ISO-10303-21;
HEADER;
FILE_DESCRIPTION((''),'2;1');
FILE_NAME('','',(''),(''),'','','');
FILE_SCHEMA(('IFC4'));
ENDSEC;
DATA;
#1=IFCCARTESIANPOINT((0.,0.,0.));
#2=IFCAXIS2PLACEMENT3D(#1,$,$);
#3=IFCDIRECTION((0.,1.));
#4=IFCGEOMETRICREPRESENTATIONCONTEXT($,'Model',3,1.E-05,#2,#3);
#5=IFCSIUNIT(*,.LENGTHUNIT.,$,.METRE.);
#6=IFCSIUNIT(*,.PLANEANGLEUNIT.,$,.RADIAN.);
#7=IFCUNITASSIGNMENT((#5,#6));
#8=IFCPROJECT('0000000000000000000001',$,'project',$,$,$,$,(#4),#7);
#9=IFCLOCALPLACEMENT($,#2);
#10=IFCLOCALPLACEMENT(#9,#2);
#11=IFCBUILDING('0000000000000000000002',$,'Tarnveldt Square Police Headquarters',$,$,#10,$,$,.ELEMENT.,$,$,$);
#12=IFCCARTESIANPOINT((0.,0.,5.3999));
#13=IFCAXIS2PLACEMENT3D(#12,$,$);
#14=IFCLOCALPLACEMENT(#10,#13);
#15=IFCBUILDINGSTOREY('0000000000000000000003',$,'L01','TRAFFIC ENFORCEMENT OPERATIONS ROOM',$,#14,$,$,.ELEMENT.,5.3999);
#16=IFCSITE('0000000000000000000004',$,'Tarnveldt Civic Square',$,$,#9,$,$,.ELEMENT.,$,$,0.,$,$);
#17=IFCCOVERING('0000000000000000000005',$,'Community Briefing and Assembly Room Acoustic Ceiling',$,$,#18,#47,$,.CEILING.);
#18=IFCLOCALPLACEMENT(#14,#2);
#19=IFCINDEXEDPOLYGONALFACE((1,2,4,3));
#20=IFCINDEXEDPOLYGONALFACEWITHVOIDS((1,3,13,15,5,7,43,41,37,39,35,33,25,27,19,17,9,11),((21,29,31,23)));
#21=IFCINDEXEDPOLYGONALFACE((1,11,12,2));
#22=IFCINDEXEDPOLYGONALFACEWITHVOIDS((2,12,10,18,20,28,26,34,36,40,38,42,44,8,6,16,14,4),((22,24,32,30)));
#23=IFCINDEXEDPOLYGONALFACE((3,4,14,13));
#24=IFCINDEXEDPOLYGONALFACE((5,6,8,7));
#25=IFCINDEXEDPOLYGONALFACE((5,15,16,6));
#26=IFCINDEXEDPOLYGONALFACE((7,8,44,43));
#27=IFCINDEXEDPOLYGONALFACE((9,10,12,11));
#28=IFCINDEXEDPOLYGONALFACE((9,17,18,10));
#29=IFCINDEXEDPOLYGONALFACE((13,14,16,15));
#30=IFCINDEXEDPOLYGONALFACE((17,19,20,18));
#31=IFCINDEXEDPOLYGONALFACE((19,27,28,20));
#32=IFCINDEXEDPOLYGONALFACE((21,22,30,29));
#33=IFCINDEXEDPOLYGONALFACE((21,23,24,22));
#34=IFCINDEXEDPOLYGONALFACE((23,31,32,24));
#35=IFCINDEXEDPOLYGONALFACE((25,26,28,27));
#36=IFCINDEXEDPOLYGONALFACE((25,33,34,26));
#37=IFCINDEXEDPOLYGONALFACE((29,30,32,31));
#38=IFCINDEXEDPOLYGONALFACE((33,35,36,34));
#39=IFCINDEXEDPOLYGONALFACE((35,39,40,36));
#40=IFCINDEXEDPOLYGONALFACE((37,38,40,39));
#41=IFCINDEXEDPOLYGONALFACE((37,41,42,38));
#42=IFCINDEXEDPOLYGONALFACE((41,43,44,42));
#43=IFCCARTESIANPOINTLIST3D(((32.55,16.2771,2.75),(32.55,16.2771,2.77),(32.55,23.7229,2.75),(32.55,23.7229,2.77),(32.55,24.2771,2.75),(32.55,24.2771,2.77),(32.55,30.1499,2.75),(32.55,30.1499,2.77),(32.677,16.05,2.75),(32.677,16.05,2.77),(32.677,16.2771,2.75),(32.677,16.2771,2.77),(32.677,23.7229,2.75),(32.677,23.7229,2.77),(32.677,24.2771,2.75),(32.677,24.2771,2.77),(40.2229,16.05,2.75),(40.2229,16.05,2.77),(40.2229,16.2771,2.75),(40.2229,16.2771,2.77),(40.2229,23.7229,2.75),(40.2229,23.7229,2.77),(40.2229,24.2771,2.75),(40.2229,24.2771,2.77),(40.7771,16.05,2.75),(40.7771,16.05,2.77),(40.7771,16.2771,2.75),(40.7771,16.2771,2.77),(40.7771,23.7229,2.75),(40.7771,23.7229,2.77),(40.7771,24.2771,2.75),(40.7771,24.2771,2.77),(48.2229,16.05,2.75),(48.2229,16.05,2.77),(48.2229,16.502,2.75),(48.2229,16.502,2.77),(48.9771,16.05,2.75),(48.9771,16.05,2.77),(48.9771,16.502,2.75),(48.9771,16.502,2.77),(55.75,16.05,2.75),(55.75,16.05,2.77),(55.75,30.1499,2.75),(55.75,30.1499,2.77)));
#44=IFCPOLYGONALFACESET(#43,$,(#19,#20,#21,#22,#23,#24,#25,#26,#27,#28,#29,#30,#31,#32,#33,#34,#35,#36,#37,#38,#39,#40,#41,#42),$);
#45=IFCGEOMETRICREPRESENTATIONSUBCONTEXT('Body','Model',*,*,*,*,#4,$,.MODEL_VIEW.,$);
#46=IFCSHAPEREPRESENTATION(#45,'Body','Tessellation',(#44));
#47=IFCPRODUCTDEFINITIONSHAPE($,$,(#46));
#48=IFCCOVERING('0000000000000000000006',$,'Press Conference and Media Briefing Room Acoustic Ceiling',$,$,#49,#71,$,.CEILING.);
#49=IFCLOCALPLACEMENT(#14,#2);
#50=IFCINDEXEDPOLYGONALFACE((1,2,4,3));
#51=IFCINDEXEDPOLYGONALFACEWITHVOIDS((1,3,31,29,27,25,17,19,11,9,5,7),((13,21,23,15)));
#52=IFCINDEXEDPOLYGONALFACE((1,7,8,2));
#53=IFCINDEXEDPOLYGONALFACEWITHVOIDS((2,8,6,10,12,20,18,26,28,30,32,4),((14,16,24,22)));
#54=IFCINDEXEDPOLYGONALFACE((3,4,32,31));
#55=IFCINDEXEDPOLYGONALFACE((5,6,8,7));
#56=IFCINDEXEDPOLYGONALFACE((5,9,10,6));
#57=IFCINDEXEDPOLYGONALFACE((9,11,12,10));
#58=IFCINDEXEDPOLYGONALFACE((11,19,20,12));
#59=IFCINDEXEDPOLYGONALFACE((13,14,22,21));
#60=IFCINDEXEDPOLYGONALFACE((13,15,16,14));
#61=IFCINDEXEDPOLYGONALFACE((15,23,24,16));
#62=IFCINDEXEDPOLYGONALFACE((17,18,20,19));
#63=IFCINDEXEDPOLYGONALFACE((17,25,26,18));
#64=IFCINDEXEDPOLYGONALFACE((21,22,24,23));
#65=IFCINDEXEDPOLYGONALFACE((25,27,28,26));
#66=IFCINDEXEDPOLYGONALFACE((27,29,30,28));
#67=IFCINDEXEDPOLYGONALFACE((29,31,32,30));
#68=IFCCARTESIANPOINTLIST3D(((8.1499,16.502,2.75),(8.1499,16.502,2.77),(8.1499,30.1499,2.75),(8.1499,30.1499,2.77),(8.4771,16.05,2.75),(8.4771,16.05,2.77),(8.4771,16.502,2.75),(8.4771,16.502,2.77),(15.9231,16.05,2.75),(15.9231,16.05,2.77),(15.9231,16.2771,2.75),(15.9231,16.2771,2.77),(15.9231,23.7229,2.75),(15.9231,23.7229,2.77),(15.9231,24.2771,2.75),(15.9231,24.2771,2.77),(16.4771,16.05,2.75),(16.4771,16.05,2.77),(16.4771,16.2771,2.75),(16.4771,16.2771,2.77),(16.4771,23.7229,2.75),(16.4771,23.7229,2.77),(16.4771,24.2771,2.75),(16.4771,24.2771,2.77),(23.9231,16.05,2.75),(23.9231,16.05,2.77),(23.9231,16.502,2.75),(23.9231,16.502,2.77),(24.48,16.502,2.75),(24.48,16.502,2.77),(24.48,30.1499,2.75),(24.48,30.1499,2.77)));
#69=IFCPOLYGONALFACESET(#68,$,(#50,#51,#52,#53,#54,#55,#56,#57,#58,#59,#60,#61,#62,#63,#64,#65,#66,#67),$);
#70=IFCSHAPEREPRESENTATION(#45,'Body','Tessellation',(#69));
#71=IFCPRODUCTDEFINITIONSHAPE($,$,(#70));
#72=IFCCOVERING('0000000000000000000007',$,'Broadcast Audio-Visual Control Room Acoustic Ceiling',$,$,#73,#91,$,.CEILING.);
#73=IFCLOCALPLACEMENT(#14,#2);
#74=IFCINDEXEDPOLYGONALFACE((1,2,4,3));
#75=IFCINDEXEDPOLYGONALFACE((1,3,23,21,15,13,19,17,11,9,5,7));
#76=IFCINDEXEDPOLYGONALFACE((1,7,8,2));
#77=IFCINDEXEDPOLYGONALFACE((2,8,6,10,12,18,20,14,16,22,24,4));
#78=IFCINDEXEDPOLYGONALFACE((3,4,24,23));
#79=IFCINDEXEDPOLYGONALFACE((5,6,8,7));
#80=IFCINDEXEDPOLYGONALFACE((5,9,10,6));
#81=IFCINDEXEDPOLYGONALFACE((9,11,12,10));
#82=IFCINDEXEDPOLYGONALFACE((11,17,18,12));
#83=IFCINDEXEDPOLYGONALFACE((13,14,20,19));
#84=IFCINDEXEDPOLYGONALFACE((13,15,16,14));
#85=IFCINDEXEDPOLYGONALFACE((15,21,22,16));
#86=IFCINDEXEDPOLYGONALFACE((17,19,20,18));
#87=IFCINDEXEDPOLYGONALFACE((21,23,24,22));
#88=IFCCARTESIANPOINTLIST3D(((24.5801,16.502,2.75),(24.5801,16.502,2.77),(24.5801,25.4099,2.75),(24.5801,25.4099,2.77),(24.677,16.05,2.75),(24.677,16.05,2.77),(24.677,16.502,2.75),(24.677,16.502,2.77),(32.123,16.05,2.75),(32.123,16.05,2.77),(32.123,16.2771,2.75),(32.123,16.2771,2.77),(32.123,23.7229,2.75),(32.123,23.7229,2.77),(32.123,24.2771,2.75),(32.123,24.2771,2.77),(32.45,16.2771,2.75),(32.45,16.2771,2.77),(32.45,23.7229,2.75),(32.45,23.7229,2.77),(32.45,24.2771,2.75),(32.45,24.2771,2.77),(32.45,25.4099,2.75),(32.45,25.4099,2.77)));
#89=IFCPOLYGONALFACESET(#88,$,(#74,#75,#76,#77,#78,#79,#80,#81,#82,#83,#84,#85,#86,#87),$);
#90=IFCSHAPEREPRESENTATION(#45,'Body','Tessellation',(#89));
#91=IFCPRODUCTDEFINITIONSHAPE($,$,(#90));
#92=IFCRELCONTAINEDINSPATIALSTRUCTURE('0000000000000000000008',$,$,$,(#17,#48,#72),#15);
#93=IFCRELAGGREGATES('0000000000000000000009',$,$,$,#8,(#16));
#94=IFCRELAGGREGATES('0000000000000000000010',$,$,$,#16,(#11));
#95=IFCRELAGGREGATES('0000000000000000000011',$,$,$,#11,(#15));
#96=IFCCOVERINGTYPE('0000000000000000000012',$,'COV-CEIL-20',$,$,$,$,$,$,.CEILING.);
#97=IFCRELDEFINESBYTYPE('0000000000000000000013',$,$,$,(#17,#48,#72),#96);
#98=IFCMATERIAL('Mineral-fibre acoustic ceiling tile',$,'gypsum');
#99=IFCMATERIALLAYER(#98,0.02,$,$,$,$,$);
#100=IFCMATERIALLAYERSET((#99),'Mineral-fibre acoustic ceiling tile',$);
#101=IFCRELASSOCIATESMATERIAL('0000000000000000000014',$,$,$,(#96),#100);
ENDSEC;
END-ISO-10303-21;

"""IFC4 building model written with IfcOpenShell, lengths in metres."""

from ifc_helpers import new_model, si_unit, direction, frame, origin, place, context, subcontext, project, spatial, polyline, outline, extrude, material, layer, layer_set, type_object, element, save


model = new_model("IFC4")

# Units and contexts
model_context = context("Model", 3, precision=1e-05, world=origin(), true_north=direction((0.0, 1.0)))
body_context = subcontext(model_context, "Body", "Model", "MODEL_VIEW")
ifc_project = project(units=[si_unit("LENGTHUNIT", "METRE"), si_unit("PLANEANGLEUNIT", "RADIAN")], contexts=[model_context])

# Site, building, storey
site_placement = place(None, origin())
site = spatial("IfcSite", under=ifc_project, at=site_placement, Name="Tarnveldt Civic Square", CompositionType="ELEMENT", RefElevation=0.0)
building_placement = place(site_placement, origin())
building = spatial("IfcBuilding", under=site, at=building_placement, Name="Tarnveldt Square Police Headquarters", CompositionType="ELEMENT")
storey_placement = place(building_placement, frame((0.0, 0.0, 5.3999)))
storey = spatial("IfcBuildingStorey", under=building, at=storey_placement, Name="L01", Description="TRAFFIC ENFORCEMENT OPERATIONS ROOM", CompositionType="ELEMENT", Elevation=5.3999)

# Coverings
ifc_material_1 = material(Name="Mineral-fibre acoustic ceiling tile", Category="gypsum")
ifc_layer_1 = layer(ifc_material_1, 0.02)
ifc_layer_set_1 = layer_set([ifc_layer_1], Name="Mineral-fibre acoustic ceiling tile")
covering_type_1 = type_object("IfcCoveringType", Name="COV-CEIL-20", PredefinedType="CEILING", material=ifc_layer_set_1)
covering_1_placement = place(storey_placement, frame((0.0, 0.0, 2.75)))
element("IfcCovering", 1, at=covering_1_placement, inside=storey, type_object=covering_type_1, Name="Community Briefing and Assembly Room Acoustic Ceiling", PredefinedType="CEILING", context=body_context, shape_type="SweptSolid", body=[
    extrude(outline(polyline([(32.55, 30.1499), (55.75, 30.1499), (55.75, 16.05), (48.9771, 16.05), (48.9771, 16.502), (48.2229, 16.502), (48.2229, 16.05), (40.7771, 16.05), (40.7771, 16.2771), (40.2229, 16.2771), (40.2229, 16.05), (32.677, 16.05), (32.677, 16.2771), (32.55, 16.2771), (32.55, 23.7229), (32.677, 23.7229), (32.677, 24.2771), (32.55, 24.2771), (32.55, 30.1499)]), holes=[polyline([(40.7771, 24.2771), (40.2229, 24.2771), (40.2229, 23.7229), (40.7771, 23.7229), (40.7771, 24.2771)])]), origin(), (0.0, 0.0, 1.0), 0.02),
])
covering_2_placement = place(storey_placement, frame((0.0, 0.0, 2.75)))
element("IfcCovering", 2, at=covering_2_placement, inside=storey, type_object=covering_type_1, Name="Press Conference and Media Briefing Room Acoustic Ceiling", PredefinedType="CEILING", context=body_context, shape_type="SweptSolid", body=[
    extrude(outline(polyline([(8.1499, 30.1499), (24.48, 30.1499), (24.48, 16.502), (23.9231, 16.502), (23.9231, 16.05), (16.4771, 16.05), (16.4771, 16.2771), (15.9231, 16.2771), (15.9231, 16.05), (8.4771, 16.05), (8.4771, 16.502), (8.1499, 16.502), (8.1499, 30.1499)]), holes=[polyline([(16.4771, 24.2771), (15.9231, 24.2771), (15.9231, 23.7229), (16.4771, 23.7229), (16.4771, 24.2771)])]), origin(), (0.0, 0.0, 1.0), 0.02),
])
covering_3_placement = place(storey_placement, frame((0.0, 0.0, 2.75)))
element("IfcCovering", 3, at=covering_3_placement, inside=storey, type_object=covering_type_1, Name="Broadcast Audio-Visual Control Room Acoustic Ceiling", PredefinedType="CEILING", context=body_context, shape_type="SweptSolid", body=[
    extrude(outline(polyline([(32.45, 16.2771), (32.123, 16.2771), (32.123, 16.05), (24.677, 16.05), (24.677, 16.502), (24.5801, 16.502), (24.5801, 25.4099), (32.45, 25.4099), (32.45, 24.2771), (32.123, 24.2771), (32.123, 23.7229), (32.45, 23.7229), (32.45, 16.2771)])), origin(), (0.0, 0.0, 1.0), 0.02),
])

save(model, "model.ifc")
